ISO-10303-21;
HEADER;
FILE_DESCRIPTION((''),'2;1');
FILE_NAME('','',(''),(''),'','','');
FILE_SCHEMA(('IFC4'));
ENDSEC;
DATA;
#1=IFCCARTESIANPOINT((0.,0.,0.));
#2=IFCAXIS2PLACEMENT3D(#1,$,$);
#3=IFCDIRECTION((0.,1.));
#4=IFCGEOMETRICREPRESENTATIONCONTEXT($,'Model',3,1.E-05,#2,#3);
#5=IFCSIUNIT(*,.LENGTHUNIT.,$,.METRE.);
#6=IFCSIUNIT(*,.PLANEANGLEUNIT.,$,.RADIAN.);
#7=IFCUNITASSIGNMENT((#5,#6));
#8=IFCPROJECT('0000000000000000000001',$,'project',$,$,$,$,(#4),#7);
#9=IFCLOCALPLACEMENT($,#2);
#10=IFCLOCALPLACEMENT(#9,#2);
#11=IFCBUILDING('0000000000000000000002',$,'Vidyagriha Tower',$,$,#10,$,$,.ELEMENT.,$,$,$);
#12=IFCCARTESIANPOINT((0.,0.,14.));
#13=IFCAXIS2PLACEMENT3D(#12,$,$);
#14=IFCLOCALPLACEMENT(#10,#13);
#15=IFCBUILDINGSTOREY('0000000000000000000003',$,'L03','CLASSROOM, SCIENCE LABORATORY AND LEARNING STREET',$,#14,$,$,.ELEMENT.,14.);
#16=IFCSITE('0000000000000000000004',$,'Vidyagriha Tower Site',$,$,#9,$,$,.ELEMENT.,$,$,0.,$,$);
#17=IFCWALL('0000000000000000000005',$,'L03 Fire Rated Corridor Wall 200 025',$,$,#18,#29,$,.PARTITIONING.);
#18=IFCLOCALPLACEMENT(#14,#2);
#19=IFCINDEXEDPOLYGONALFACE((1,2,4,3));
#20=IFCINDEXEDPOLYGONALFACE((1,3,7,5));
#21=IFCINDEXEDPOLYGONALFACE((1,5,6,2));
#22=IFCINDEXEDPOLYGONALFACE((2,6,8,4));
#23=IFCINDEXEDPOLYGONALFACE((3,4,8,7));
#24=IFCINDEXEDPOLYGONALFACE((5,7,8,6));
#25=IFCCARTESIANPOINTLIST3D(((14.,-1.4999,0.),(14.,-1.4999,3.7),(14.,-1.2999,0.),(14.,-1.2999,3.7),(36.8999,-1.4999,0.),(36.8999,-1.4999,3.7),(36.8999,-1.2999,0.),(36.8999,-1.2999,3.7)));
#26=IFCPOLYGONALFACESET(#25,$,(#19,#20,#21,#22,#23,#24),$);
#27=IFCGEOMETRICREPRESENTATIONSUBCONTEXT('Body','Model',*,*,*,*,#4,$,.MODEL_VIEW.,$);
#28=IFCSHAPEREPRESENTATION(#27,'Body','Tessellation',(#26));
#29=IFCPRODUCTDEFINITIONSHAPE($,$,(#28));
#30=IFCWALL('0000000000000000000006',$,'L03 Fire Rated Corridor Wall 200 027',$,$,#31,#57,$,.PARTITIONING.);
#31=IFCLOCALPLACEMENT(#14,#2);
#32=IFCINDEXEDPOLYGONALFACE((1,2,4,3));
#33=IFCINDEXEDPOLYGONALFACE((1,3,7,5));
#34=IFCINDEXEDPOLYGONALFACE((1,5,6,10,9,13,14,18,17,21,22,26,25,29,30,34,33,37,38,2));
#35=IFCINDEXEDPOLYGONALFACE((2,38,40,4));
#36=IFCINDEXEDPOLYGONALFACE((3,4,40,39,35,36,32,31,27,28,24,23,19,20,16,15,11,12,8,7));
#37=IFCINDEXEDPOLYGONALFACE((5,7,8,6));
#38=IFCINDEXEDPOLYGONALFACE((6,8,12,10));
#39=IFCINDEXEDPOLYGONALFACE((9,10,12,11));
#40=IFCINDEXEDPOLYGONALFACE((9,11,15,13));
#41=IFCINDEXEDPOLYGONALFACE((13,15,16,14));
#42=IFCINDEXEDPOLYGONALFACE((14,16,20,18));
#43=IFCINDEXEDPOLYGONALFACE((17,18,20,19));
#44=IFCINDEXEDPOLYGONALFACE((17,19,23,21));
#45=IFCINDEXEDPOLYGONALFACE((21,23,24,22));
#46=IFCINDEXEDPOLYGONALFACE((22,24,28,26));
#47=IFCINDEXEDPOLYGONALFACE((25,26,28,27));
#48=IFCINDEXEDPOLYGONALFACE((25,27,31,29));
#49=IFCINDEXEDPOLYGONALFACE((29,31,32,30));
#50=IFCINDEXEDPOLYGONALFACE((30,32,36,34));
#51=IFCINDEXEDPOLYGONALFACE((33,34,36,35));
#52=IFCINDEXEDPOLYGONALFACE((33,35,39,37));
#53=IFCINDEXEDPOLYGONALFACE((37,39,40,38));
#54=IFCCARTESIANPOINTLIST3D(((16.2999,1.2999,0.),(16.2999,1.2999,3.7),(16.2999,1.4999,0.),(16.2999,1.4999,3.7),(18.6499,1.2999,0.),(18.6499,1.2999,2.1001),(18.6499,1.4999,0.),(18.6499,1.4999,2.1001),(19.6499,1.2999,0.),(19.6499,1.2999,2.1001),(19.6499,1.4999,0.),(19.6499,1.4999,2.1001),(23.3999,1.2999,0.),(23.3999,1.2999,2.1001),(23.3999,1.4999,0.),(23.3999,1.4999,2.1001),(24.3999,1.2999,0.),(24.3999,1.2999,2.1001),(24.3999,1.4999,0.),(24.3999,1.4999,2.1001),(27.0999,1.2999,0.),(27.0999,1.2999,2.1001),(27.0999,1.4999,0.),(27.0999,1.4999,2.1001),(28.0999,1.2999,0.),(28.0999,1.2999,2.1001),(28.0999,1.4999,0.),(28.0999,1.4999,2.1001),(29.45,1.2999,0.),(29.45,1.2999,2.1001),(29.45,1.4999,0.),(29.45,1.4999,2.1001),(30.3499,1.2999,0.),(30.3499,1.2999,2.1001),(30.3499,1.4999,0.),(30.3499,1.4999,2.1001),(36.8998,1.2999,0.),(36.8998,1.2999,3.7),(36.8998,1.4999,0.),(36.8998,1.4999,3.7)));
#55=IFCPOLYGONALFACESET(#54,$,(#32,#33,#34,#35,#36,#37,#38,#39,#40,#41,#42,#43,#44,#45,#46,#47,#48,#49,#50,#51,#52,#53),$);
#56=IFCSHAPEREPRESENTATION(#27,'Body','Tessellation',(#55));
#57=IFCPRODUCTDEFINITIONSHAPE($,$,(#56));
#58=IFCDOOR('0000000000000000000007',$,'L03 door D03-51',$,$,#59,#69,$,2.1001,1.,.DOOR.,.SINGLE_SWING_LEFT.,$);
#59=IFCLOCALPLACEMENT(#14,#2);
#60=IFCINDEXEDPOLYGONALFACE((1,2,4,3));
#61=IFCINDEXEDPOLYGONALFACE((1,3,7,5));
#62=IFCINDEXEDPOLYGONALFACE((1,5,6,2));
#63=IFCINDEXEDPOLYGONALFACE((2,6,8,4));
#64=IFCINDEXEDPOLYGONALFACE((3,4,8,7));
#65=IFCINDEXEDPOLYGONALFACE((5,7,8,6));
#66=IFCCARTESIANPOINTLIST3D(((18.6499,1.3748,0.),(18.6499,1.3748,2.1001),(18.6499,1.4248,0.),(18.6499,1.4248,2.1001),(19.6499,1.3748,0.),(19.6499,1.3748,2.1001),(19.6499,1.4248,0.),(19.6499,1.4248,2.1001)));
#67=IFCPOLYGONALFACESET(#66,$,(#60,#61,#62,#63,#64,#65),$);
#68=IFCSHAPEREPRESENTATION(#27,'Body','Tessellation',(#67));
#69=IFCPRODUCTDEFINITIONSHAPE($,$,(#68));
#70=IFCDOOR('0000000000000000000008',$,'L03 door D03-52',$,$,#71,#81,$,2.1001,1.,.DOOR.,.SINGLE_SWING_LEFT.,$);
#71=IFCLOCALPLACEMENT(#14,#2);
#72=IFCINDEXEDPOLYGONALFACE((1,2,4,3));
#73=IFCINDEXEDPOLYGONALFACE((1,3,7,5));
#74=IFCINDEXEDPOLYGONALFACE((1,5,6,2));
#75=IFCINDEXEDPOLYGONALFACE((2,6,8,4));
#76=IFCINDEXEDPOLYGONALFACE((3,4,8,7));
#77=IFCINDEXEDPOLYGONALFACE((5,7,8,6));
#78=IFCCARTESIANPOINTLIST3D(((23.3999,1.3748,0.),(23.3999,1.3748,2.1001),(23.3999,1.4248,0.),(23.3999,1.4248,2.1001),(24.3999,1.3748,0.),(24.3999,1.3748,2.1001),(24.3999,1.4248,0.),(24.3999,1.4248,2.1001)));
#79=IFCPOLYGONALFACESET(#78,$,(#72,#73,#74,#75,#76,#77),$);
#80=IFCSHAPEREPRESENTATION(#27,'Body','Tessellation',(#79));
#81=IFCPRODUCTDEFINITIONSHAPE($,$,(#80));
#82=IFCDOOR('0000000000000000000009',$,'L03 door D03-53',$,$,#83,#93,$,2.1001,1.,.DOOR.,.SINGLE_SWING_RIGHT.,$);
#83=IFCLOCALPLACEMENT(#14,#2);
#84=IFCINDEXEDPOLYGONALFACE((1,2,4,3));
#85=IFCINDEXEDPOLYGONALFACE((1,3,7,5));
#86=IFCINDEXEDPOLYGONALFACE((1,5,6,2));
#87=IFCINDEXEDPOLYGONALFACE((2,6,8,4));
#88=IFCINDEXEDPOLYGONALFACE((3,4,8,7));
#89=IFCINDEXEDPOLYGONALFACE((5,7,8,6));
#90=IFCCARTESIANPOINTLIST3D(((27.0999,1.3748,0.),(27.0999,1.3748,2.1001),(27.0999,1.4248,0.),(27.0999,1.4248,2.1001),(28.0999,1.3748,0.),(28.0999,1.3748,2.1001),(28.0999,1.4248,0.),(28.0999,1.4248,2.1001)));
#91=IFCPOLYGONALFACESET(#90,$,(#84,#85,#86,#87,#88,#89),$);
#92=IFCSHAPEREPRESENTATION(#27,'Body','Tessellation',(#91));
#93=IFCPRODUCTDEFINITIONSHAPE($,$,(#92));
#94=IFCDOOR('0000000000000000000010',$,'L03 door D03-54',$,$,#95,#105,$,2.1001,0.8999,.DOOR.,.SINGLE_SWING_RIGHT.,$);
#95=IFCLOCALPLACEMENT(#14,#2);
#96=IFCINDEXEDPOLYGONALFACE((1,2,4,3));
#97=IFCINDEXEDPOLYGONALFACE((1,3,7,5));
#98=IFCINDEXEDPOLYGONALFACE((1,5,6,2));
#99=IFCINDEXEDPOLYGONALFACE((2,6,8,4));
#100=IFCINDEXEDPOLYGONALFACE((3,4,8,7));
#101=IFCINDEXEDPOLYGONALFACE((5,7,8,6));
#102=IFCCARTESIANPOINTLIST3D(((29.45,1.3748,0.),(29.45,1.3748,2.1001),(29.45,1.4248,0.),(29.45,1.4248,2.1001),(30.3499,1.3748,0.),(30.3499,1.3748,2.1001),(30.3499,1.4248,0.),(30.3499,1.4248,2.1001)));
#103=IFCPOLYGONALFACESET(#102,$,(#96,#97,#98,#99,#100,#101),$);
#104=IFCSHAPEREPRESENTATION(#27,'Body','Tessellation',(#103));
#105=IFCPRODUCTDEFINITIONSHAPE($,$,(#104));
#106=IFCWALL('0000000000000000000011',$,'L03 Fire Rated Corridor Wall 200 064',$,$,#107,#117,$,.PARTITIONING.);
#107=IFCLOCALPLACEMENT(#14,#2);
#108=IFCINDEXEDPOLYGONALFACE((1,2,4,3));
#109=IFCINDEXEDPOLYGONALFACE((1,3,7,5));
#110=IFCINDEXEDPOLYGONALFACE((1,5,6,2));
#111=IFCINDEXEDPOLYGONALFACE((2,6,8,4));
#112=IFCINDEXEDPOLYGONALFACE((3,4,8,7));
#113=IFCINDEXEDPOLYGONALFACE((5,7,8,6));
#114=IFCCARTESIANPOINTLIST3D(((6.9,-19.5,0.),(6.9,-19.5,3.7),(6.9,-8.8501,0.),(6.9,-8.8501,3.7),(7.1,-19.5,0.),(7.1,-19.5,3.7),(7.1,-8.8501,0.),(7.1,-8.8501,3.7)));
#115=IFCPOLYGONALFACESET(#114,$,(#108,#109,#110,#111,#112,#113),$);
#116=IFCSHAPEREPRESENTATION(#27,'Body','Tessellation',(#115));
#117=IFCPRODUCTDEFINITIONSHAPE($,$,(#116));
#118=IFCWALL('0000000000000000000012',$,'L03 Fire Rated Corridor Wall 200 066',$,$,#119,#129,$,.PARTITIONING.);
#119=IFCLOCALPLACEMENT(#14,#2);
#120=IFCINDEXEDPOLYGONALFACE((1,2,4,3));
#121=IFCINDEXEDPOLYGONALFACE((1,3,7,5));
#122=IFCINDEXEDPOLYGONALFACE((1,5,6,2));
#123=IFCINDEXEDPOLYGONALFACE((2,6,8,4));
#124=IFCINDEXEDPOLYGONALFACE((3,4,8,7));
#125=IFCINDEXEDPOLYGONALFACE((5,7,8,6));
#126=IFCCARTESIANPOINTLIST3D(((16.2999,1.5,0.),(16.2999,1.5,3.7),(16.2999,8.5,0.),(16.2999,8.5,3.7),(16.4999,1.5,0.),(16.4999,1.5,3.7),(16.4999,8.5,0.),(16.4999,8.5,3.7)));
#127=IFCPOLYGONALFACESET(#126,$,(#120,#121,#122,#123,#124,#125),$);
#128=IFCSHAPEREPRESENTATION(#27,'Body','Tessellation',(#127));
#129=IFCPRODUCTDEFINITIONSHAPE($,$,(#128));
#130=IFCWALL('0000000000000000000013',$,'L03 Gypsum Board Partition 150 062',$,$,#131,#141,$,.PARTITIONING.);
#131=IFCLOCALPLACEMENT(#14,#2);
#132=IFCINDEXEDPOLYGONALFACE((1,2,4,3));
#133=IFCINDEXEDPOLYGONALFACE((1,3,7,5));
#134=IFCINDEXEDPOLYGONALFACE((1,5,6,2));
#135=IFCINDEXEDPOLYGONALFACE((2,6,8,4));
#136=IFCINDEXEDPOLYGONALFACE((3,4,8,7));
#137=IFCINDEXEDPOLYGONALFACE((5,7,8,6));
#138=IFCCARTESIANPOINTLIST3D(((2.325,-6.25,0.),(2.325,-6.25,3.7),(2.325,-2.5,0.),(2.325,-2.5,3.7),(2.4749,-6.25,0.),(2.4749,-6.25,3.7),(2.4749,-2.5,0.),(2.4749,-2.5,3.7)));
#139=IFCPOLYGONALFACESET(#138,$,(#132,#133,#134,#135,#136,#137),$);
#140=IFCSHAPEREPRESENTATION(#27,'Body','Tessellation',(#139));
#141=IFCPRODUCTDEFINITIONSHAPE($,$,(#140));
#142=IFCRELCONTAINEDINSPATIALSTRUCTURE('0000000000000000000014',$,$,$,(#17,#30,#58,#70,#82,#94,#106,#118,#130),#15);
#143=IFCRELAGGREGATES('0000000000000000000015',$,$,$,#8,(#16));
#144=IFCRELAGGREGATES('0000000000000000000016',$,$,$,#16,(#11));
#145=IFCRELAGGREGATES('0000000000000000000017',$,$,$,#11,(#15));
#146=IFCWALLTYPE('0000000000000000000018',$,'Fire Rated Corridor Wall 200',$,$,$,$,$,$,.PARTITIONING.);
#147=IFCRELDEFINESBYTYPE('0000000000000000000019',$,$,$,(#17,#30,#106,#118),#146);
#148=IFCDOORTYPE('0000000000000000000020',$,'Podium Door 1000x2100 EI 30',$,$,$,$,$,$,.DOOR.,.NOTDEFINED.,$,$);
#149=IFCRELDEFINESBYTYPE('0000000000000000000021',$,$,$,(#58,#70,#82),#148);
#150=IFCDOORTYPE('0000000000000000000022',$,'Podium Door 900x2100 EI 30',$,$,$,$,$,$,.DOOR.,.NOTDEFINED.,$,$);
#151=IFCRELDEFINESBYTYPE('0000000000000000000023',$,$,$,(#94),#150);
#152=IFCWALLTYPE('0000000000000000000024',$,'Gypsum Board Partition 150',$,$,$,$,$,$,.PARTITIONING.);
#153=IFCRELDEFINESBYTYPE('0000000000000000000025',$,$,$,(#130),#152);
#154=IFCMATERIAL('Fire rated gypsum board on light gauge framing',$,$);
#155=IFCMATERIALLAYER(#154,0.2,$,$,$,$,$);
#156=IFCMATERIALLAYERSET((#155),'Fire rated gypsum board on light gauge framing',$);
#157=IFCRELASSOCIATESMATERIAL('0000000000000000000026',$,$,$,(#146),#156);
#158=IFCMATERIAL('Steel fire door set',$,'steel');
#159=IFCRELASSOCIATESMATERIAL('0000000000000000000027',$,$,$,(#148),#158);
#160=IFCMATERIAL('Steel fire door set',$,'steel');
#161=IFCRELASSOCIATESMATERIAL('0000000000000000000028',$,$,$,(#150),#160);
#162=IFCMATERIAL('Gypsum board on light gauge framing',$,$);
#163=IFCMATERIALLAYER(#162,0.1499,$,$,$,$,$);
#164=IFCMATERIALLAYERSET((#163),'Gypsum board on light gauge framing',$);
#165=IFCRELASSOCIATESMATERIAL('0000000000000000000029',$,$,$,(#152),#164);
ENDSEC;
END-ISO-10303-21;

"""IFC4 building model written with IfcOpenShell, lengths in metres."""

from ifc_helpers import new_model, si_unit, direction, frame, frame_2d, origin, place, context, subcontext, project, spatial, rectangle, extrude, material, layer, layer_set, type_object, element, fill, save


model = new_model("IFC4")

# Units and contexts
model_context = context("Model", 3, precision=1e-05, world=origin(), true_north=direction((0.0, 1.0)))
body_context = subcontext(model_context, "Body", "Model", "MODEL_VIEW")
ifc_project = project(units=[si_unit("LENGTHUNIT", "METRE"), si_unit("PLANEANGLEUNIT", "RADIAN")], contexts=[model_context])

# Site, building, storey
site_placement = place(None, origin())
site = spatial("IfcSite", under=ifc_project, at=site_placement, Name="Vidyagriha Tower Site", CompositionType="ELEMENT", RefElevation=0.0)
building_placement = place(site_placement, origin())
building = spatial("IfcBuilding", under=site, at=building_placement, Name="Vidyagriha Tower", CompositionType="ELEMENT")
storey_placement = place(building_placement, frame((0.0, 0.0, 14.0)))
storey = spatial("IfcBuildingStorey", under=building, at=storey_placement, Name="L03", Description="CLASSROOM, SCIENCE LABORATORY AND LEARNING STREET", CompositionType="ELEMENT", Elevation=14.0)

# Wall
ifc_material_1 = material(Name="Fire rated gypsum board on light gauge framing")
ifc_layer_1 = layer(ifc_material_1, 0.2)
ifc_layer_set_1 = layer_set([ifc_layer_1], Name="Fire rated gypsum board on light gauge framing")
wall_type_1 = type_object("IfcWallType", Name="Fire Rated Corridor Wall 200", PredefinedType="PARTITIONING", material=ifc_layer_set_1)
wall_1_placement = place(storey_placement, frame((14.0, -1.3999, 0.0)))
element("IfcWall", 1, at=wall_1_placement, inside=storey, type_object=wall_type_1, Name="L03 Fire Rated Corridor Wall 200 025", PredefinedType="PARTITIONING", context=body_context, shape_type="SweptSolid", body=[
    extrude(rectangle(XDim=22.8999, YDim=0.2, at=frame_2d((11.45, 0.0))), origin(), (0.0, 0.0, 1.0), 3.7),
])

# Wall, openings, doors
wall_2_placement = place(storey_placement, frame((16.3, 1.3999, 0.0)))
wall_2 = element("IfcWall", 2, at=wall_2_placement, inside=storey, type_object=wall_type_1, Name="L03 Fire Rated Corridor Wall 200 027", PredefinedType="PARTITIONING", context=body_context, shape_type="SweptSolid", body=[
    extrude(rectangle(XDim=20.5999, YDim=0.2, at=frame_2d((10.2998, 0.0))), origin(), (0.0, 0.0, 1.0), 3.7),
])
opening_1_placement = place(wall_2_placement, frame((2.3499, 0.0, 0.0)))
opening_1 = element("IfcOpeningElement", 3, at=opening_1_placement, cuts=wall_2, PredefinedType="OPENING", context=body_context, shape_type="SweptSolid", body=[
    extrude(rectangle(XDim=1.0, YDim=2.1001, at=frame_2d((0.5, 1.05))), frame((0.0, 0.1099, 0.0), z_axis=(0.0, -1.0, 0.0), x_axis=(1.0, 0.0, 0.0)), (0.0, 0.0, 1.0), 0.22),
])
opening_2_placement = place(wall_2_placement, frame((7.0999, 0.0, 0.0)))
opening_2 = element("IfcOpeningElement", 4, at=opening_2_placement, cuts=wall_2, PredefinedType="OPENING", context=body_context, shape_type="SweptSolid", body=[
    extrude(rectangle(XDim=1.0, YDim=2.1001, at=frame_2d((0.5, 1.05))), frame((0.0, 0.1099, 0.0), z_axis=(0.0, -1.0, 0.0), x_axis=(1.0, 0.0, 0.0)), (0.0, 0.0, 1.0), 0.22),
])
opening_3_placement = place(wall_2_placement, frame((10.7998, 0.0, 0.0)))
opening_3 = element("IfcOpeningElement", 5, at=opening_3_placement, cuts=wall_2, PredefinedType="OPENING", context=body_context, shape_type="SweptSolid", body=[
    extrude(rectangle(XDim=1.0, YDim=2.1001, at=frame_2d((0.5, 1.05))), frame((0.0, 0.1099, 0.0), z_axis=(0.0, -1.0, 0.0), x_axis=(1.0, 0.0, 0.0)), (0.0, 0.0, 1.0), 0.22),
])
opening_4_placement = place(wall_2_placement, frame((13.1499, 0.0, 0.0)))
opening_4 = element("IfcOpeningElement", 6, at=opening_4_placement, cuts=wall_2, PredefinedType="OPENING", context=body_context, shape_type="SweptSolid", body=[
    extrude(rectangle(XDim=0.8999, YDim=2.1001, at=frame_2d((0.45, 1.05))), frame((0.0, 0.1099, 0.0), z_axis=(0.0, -1.0, 0.0), x_axis=(1.0, 0.0, 0.0)), (0.0, 0.0, 1.0), 0.22),
])
ifc_material_2 = material(Name="Steel fire door set", Category="steel")
door_type_1 = type_object("IfcDoorType", Name="Podium Door 1000x2100 EI 30", OperationType="NOTDEFINED", PredefinedType="DOOR", material=ifc_material_2)
door_1_placement = place(opening_1_placement, origin())
door_1 = element("IfcDoor", 7, at=door_1_placement, inside=storey, type_object=door_type_1, Name="L03 door D03-51", OperationType="SINGLE_SWING_LEFT", OverallHeight=2.1001, OverallWidth=1.0, PredefinedType="DOOR", context=body_context, shape_type="SweptSolid", body=[
    extrude(rectangle(XDim=1.0, YDim=2.1001, at=frame_2d((0.5, 1.05))), frame((0.0, 0.0249, 0.0), z_axis=(0.0, -1.0, 0.0), x_axis=(1.0, 0.0, 0.0)), (0.0, 0.0, 1.0), 0.05),
])
fill(opening_1, door_1)
door_2_placement = place(opening_2_placement, origin())
door_2 = element("IfcDoor", 8, at=door_2_placement, inside=storey, type_object=door_type_1, Name="L03 door D03-52", OperationType="SINGLE_SWING_LEFT", OverallHeight=2.1001, OverallWidth=1.0, PredefinedType="DOOR", context=body_context, shape_type="SweptSolid", body=[
    extrude(rectangle(XDim=1.0, YDim=2.1001, at=frame_2d((0.5, 1.05))), frame((0.0, 0.0249, 0.0), z_axis=(0.0, -1.0, 0.0), x_axis=(1.0, 0.0, 0.0)), (0.0, 0.0, 1.0), 0.05),
])
fill(opening_2, door_2)
door_3_placement = place(opening_3_placement, origin())
door_3 = element("IfcDoor", 9, at=door_3_placement, inside=storey, type_object=door_type_1, Name="L03 door D03-53", OperationType="SINGLE_SWING_RIGHT", OverallHeight=2.1001, OverallWidth=1.0, PredefinedType="DOOR", context=body_context, shape_type="SweptSolid", body=[
    extrude(rectangle(XDim=1.0, YDim=2.1001, at=frame_2d((0.5, 1.05))), frame((0.0, 0.0249, 0.0), z_axis=(0.0, -1.0, 0.0), x_axis=(1.0, 0.0, 0.0)), (0.0, 0.0, 1.0), 0.05),
])
fill(opening_3, door_3)
ifc_material_3 = material(Name="Steel fire door set", Category="steel")
door_type_2 = type_object("IfcDoorType", Name="Podium Door 900x2100 EI 30", OperationType="NOTDEFINED", PredefinedType="DOOR", material=ifc_material_3)
door_4_placement = place(opening_4_placement, origin())
door_4 = element("IfcDoor", 10, at=door_4_placement, inside=storey, type_object=door_type_2, Name="L03 door D03-54", OperationType="SINGLE_SWING_RIGHT", OverallHeight=2.1001, OverallWidth=0.8999, PredefinedType="DOOR", context=body_context, shape_type="SweptSolid", body=[
    extrude(rectangle(XDim=0.8999, YDim=2.1001, at=frame_2d((0.45, 1.05))), frame((0.0, 0.0249, 0.0), z_axis=(0.0, -1.0, 0.0), x_axis=(1.0, 0.0, 0.0)), (0.0, 0.0, 1.0), 0.05),
])
fill(opening_4, door_4)

# Walls
wall_3_placement = place(storey_placement, frame((7.0, -19.5, 0.0), z_axis=(0.0, 0.0, 1.0), x_axis=(0.0, 1.0, 0.0)))
element("IfcWall", 11, at=wall_3_placement, inside=storey, type_object=wall_type_1, Name="L03 Fire Rated Corridor Wall 200 064", PredefinedType="PARTITIONING", context=body_context, shape_type="SweptSolid", body=[
    extrude(rectangle(XDim=10.6499, YDim=0.2, at=frame_2d((5.325, 0.0))), origin(), (0.0, 0.0, 1.0), 3.7),
])
wall_4_placement = place(storey_placement, frame((16.3999, 1.5, 0.0), z_axis=(0.0, 0.0, 1.0), x_axis=(0.0, 1.0, 0.0)))
element("IfcWall", 12, at=wall_4_placement, inside=storey, type_object=wall_type_1, Name="L03 Fire Rated Corridor Wall 200 066", PredefinedType="PARTITIONING", context=body_context, shape_type="SweptSolid", body=[
    extrude(rectangle(XDim=7.0, YDim=0.2, at=frame_2d((3.5, 0.0))), origin(), (0.0, 0.0, 1.0), 3.7),
])
ifc_material_4 = material(Name="Gypsum board on light gauge framing")
ifc_layer_2 = layer(ifc_material_4, 0.1499)
ifc_layer_set_2 = layer_set([ifc_layer_2], Name="Gypsum board on light gauge framing")
wall_type_2 = type_object("IfcWallType", Name="Gypsum Board Partition 150", PredefinedType="PARTITIONING", material=ifc_layer_set_2)
wall_5_placement = place(storey_placement, frame((2.3999, -6.25, 0.0), z_axis=(0.0, 0.0, 1.0), x_axis=(0.0, 1.0, 0.0)))
element("IfcWall", 13, at=wall_5_placement, inside=storey, type_object=wall_type_2, Name="L03 Gypsum Board Partition 150 062", PredefinedType="PARTITIONING", context=body_context, shape_type="SweptSolid", body=[
    extrude(rectangle(XDim=3.75, YDim=0.1499, at=frame_2d((1.875, 0.0))), origin(), (0.0, 0.0, 1.0), 3.7),
])

save(model, "model.ifc")
